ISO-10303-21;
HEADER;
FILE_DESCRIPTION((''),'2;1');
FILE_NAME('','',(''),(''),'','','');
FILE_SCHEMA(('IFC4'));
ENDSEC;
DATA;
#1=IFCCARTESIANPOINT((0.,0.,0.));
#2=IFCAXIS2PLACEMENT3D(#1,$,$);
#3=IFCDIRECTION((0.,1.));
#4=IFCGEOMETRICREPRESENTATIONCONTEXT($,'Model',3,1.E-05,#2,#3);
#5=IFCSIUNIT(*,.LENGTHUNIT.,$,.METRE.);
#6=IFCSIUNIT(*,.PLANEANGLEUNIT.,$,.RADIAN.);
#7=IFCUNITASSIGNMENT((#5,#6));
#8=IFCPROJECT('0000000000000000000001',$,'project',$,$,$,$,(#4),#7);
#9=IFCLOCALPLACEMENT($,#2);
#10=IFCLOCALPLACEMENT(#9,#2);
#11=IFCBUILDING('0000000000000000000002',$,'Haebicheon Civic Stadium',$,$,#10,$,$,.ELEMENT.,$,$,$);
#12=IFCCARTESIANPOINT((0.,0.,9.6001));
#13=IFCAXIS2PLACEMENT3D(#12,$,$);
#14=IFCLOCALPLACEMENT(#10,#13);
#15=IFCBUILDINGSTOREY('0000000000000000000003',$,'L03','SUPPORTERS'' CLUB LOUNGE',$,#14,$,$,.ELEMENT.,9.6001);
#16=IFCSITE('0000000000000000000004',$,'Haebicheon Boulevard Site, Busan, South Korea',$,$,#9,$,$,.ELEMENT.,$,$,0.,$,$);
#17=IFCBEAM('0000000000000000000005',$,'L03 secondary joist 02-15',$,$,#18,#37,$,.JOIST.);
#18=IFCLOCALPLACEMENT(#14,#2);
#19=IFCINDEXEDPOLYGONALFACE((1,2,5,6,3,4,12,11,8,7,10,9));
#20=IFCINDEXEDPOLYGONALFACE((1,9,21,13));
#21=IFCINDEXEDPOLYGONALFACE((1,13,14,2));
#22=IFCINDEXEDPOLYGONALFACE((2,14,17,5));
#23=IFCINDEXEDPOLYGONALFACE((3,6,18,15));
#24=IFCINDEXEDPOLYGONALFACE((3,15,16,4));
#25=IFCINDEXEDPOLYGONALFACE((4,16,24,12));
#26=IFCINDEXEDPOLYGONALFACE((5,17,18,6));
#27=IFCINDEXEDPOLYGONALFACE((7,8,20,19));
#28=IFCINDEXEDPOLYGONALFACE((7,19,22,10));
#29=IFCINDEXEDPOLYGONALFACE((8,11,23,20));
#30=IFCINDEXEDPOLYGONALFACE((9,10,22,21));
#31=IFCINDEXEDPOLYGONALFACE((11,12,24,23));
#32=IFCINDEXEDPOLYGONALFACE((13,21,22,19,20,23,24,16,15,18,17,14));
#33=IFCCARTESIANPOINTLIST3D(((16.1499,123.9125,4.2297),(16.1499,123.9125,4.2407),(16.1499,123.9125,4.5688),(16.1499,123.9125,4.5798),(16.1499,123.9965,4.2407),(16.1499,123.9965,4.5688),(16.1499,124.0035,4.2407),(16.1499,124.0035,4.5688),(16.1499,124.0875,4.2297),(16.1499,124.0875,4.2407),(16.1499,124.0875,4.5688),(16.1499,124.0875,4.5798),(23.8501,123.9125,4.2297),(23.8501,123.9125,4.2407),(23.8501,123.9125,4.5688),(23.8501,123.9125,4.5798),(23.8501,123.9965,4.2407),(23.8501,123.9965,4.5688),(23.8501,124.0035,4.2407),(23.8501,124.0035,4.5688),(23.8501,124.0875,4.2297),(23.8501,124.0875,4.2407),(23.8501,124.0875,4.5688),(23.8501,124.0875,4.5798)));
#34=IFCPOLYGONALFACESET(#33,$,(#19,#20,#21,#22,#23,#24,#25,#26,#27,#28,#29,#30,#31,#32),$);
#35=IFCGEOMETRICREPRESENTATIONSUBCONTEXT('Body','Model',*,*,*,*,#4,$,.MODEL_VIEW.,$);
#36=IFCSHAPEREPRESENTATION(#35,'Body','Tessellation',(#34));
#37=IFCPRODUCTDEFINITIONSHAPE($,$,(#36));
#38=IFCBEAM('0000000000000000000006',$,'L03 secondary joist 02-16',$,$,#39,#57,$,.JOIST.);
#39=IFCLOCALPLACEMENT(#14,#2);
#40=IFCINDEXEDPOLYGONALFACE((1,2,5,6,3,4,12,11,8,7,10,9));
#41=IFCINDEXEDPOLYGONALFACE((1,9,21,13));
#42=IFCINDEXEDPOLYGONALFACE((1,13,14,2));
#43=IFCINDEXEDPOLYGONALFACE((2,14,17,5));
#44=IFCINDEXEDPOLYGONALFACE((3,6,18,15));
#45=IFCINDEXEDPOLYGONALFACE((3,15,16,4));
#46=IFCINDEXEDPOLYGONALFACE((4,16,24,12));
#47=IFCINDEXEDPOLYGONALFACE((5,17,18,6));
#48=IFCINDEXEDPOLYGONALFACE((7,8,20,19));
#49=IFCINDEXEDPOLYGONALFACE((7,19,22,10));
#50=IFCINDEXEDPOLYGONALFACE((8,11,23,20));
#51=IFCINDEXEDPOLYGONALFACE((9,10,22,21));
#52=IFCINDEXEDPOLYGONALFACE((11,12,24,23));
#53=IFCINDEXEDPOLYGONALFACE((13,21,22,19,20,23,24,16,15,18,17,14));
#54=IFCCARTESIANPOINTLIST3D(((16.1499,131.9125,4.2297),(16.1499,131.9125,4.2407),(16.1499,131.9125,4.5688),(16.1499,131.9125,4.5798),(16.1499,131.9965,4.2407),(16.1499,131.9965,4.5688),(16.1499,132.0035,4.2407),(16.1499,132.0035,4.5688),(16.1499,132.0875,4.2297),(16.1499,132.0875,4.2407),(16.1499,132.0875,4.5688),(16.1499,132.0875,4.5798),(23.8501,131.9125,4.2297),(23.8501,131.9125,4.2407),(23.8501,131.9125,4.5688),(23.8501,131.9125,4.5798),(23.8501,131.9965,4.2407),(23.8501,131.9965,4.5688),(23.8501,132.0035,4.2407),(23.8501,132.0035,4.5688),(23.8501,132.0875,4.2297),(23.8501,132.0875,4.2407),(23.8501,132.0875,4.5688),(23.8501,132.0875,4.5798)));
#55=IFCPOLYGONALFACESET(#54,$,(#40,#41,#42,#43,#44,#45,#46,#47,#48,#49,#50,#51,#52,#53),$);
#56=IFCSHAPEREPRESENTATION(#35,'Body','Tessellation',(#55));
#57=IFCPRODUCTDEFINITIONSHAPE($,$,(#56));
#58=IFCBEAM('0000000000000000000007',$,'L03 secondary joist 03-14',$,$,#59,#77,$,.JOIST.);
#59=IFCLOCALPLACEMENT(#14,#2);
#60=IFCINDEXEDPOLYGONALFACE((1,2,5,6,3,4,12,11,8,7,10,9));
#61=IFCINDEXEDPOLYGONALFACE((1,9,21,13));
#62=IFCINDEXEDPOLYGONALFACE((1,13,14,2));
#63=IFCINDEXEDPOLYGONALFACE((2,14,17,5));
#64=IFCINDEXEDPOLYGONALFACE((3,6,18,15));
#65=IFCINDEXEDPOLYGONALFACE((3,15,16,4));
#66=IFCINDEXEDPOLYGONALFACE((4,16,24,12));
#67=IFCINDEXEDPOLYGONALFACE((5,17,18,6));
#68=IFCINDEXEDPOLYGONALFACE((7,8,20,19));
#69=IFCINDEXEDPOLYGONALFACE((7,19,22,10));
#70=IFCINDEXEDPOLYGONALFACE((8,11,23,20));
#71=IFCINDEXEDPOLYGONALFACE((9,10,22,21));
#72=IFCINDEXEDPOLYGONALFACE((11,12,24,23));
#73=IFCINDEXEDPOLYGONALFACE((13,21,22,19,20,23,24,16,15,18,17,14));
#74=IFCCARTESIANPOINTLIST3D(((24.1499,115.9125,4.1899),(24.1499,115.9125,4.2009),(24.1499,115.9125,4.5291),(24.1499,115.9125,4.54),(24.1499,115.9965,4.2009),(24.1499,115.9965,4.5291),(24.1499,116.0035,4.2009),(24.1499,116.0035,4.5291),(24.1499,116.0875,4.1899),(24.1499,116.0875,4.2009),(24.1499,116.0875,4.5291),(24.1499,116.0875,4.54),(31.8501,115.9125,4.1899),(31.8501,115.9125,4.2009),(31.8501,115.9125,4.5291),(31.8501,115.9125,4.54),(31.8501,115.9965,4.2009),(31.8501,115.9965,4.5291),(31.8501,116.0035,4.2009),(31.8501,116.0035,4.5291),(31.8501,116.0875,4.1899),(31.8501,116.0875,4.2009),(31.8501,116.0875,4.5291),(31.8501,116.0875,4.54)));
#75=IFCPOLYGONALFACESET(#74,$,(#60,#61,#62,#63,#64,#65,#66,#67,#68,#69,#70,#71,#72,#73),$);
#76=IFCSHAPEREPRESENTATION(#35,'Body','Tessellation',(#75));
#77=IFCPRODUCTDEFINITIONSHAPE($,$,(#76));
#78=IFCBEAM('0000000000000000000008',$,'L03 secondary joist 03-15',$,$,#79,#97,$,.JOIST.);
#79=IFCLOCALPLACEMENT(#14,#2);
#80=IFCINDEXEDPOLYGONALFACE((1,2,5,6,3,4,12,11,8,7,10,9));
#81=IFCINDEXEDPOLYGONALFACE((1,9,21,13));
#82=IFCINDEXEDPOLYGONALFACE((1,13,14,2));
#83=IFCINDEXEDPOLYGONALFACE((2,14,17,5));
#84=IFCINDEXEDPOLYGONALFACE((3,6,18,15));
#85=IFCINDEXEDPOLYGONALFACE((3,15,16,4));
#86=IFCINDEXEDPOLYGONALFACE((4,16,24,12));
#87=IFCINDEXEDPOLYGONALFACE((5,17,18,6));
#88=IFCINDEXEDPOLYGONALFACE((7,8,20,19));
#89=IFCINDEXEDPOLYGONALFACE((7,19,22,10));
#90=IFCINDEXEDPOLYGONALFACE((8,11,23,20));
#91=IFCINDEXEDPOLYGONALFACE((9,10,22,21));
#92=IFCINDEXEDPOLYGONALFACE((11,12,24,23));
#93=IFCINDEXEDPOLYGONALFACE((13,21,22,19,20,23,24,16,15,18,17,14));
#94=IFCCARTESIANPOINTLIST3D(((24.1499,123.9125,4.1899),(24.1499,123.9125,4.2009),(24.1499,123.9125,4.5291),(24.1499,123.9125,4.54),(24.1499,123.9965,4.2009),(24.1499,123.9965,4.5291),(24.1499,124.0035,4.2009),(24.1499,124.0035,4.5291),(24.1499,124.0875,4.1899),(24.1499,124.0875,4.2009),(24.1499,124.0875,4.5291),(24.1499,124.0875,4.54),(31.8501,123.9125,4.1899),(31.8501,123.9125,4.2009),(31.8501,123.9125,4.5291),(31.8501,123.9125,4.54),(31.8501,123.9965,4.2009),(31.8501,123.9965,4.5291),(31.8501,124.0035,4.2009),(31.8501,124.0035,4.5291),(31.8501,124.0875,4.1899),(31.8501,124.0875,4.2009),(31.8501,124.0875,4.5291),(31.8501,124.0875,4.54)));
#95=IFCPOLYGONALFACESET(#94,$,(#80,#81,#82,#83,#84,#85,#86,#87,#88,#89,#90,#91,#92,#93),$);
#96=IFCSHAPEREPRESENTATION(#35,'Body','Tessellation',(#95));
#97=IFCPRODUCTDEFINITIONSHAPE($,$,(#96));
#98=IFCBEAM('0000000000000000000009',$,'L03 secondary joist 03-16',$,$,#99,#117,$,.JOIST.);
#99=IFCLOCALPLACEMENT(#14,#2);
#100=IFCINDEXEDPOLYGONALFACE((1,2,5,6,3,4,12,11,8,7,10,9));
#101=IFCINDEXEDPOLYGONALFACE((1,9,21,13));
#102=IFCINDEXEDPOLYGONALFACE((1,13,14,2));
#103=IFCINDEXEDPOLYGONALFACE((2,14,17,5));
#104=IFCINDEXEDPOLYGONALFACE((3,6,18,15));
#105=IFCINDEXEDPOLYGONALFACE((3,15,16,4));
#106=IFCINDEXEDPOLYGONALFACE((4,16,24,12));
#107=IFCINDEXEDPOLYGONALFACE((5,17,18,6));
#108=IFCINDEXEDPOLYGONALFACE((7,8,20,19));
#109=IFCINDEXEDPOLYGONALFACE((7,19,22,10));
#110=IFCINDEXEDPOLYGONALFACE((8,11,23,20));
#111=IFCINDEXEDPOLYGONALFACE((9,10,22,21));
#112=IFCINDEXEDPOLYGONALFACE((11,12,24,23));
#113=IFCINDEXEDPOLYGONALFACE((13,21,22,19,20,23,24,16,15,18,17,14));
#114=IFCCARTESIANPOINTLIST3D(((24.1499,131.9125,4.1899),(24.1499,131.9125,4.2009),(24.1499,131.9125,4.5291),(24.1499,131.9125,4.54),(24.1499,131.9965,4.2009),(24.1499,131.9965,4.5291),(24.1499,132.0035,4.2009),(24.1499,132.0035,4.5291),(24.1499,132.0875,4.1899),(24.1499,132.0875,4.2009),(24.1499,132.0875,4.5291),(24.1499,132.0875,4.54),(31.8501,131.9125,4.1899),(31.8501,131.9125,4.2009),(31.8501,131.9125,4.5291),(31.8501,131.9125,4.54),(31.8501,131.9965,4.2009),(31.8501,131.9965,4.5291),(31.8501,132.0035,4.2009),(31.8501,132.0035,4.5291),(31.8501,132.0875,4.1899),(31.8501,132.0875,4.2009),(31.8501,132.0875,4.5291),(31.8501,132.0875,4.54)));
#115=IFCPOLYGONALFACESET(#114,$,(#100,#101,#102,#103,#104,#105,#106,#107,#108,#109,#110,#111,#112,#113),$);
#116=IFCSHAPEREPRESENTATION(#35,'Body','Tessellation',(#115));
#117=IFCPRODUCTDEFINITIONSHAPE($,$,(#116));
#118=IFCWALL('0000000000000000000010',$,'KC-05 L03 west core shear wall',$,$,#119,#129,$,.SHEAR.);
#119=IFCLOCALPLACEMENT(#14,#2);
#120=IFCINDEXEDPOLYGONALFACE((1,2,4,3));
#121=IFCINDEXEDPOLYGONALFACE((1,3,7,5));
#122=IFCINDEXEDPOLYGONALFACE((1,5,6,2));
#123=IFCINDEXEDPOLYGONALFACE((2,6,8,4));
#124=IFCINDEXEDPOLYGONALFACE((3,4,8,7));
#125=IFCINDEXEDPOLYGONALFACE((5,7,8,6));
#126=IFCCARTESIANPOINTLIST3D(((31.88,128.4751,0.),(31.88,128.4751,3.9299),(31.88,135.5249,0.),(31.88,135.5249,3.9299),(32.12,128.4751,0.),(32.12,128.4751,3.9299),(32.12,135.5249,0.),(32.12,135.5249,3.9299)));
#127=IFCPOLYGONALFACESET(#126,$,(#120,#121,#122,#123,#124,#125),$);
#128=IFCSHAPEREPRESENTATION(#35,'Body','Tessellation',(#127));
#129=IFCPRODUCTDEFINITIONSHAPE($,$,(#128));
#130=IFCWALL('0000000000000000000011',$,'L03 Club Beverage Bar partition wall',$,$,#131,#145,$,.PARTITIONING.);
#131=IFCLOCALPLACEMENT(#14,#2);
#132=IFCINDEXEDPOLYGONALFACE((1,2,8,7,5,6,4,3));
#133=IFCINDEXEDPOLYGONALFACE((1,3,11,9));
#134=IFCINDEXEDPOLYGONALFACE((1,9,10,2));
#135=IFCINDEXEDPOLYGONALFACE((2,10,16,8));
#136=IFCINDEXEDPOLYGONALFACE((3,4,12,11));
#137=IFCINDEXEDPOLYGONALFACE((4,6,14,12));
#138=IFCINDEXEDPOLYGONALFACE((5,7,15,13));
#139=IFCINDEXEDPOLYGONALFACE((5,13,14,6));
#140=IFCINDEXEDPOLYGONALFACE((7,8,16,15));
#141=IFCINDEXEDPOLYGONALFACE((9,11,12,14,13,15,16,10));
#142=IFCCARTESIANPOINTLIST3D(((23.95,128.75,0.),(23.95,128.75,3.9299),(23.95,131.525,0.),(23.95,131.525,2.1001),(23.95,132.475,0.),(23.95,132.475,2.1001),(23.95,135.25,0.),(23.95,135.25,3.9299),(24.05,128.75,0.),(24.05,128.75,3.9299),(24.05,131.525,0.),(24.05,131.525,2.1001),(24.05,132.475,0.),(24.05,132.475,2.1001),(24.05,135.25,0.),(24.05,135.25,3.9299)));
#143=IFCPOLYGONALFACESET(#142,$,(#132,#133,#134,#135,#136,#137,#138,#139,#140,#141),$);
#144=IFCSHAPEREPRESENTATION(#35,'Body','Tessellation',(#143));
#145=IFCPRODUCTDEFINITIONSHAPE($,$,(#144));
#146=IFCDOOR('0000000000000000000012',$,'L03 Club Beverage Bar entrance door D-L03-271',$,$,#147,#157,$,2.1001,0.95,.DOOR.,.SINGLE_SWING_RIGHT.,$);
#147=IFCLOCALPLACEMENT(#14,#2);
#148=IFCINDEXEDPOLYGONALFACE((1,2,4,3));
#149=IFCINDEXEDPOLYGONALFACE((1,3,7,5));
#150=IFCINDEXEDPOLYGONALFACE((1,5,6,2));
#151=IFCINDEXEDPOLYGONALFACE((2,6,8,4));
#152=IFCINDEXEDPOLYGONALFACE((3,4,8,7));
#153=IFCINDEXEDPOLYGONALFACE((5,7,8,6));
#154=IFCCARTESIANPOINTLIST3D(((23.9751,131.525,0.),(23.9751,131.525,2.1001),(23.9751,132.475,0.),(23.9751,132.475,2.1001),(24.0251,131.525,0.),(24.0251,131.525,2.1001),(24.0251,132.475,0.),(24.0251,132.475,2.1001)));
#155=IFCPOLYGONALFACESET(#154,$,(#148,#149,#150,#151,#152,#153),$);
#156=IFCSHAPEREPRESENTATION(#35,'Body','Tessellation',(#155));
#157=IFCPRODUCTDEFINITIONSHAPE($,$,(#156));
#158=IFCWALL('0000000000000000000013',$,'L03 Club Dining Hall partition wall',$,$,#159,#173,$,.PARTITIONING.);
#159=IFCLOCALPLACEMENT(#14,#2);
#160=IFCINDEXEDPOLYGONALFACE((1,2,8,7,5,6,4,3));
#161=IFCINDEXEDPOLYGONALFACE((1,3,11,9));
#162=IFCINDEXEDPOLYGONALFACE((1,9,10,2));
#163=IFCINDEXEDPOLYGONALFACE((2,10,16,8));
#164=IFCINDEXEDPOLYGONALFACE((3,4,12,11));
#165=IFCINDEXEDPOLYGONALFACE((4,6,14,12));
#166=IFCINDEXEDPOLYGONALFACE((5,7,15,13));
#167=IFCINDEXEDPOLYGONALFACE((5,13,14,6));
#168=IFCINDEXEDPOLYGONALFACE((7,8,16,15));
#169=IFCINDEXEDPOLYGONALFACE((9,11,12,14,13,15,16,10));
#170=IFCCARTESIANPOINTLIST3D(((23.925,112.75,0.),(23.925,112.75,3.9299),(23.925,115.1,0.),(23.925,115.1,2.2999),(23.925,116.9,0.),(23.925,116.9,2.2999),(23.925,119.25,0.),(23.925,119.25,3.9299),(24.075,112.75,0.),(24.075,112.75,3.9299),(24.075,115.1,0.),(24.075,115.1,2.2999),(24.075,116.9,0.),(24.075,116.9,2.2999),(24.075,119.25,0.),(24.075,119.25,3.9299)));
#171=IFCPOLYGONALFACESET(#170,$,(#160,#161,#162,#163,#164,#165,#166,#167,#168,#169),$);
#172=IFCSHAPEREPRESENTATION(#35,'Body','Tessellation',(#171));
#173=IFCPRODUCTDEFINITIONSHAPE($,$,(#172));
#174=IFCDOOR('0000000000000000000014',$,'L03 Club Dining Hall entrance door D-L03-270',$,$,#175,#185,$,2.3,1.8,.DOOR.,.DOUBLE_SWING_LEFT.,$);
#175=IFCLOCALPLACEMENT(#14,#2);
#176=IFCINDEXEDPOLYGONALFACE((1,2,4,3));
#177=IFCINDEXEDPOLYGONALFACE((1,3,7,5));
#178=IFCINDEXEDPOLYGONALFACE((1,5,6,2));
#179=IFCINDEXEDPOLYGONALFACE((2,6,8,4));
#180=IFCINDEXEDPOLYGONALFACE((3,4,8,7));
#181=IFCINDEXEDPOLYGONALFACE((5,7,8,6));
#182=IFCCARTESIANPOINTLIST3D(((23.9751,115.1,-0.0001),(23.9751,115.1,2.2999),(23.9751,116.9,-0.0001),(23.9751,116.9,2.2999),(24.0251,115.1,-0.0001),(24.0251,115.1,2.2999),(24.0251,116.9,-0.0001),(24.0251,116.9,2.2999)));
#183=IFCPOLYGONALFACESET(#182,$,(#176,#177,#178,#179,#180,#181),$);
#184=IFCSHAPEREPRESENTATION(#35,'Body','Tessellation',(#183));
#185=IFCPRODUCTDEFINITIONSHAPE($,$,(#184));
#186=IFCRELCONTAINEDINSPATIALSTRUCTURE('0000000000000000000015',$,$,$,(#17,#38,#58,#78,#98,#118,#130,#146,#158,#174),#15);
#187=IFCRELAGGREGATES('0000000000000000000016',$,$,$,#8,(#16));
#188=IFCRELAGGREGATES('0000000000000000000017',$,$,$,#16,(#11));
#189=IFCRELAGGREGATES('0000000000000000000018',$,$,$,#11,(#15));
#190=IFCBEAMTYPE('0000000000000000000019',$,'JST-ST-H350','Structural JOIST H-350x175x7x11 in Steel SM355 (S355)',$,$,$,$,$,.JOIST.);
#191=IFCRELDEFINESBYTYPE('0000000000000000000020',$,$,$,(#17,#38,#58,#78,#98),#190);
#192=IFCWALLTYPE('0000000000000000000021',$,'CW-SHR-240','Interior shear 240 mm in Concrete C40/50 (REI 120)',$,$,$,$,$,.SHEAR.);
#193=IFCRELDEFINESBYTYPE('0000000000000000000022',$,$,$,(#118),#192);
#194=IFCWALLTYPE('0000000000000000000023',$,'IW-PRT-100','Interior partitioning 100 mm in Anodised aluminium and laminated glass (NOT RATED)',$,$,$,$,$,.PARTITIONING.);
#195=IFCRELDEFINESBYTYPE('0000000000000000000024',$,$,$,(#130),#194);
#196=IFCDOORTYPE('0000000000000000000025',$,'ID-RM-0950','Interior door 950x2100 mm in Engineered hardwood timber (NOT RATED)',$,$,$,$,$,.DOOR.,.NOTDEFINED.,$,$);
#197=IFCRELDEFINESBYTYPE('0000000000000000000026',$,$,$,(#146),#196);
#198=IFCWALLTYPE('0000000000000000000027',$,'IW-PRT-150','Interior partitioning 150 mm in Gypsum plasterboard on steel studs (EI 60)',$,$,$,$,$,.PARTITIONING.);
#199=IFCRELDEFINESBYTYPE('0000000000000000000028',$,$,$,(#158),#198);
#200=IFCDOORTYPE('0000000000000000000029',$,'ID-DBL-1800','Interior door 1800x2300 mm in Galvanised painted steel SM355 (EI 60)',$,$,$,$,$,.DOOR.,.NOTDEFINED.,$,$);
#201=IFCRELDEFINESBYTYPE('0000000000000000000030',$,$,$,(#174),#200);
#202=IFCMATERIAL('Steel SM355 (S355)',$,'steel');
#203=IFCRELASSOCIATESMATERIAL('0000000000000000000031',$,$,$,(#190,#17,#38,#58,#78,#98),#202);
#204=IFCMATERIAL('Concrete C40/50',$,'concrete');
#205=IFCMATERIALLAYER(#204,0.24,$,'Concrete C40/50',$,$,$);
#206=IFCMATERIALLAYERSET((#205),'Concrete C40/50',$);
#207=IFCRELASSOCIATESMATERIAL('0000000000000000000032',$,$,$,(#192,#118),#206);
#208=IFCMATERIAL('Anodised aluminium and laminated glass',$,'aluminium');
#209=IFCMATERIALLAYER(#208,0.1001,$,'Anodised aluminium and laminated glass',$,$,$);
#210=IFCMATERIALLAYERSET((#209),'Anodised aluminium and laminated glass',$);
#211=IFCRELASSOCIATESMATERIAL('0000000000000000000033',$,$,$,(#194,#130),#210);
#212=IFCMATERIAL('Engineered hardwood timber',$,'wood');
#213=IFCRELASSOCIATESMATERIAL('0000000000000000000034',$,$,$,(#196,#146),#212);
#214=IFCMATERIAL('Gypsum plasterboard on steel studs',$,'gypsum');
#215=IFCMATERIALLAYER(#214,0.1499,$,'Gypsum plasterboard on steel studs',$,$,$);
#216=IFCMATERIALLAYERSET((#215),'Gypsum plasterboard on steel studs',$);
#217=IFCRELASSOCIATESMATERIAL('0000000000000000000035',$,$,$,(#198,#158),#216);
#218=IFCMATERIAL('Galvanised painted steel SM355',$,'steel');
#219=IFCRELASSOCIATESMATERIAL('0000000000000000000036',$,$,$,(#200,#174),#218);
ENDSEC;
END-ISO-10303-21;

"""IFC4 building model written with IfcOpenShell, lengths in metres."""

from ifc_helpers import new_model, si_unit, direction, frame, frame_2d, origin, origin_2d, place, context, subcontext, project, spatial, rectangle, i_section, extrude, material, layer, layer_set, material_profile, profile_set, type_object, element, fill, save


model = new_model("IFC4")

# Units and contexts
model_context = context("Model", 3, precision=1e-05, world=origin(), true_north=direction((0.0, 1.0)))
body_context = subcontext(model_context, "Body", "Model", "MODEL_VIEW")
ifc_project = project(units=[si_unit("LENGTHUNIT", "METRE"), si_unit("PLANEANGLEUNIT", "RADIAN")], contexts=[model_context])

# Site, building, storey
site_placement = place(None, origin())
site = spatial("IfcSite", under=ifc_project, at=site_placement, Name="Haebicheon Boulevard Site, Busan, South Korea", CompositionType="ELEMENT", RefElevation=0.0)
building_placement = place(site_placement, origin())
building = spatial("IfcBuilding", under=site, at=building_placement, Name="Haebicheon Civic Stadium", CompositionType="ELEMENT")
storey_placement = place(building_placement, frame((0.0, 0.0, 9.6001)))
storey = spatial("IfcBuildingStorey", under=building, at=storey_placement, Name="L03", Description="SUPPORTERS' CLUB LOUNGE", CompositionType="ELEMENT", Elevation=9.6001)

# Beams
ifc_material_1 = material(Name="Steel SM355 (S355)", Category="steel")
ifc_material_profile_1 = material_profile(ifc_material_1, i_section(OverallWidth=0.175, OverallDepth=0.3501, WebThickness=0.0071, FlangeThickness=0.011, at=origin_2d()), Name="H-350x175x7x11")
ifc_profile_set_1 = profile_set([ifc_material_profile_1], Name="Steel SM355 (S355)")
beam_type_1 = type_object("IfcBeamType", Name="JST-ST-H350", Description="Structural JOIST H-350x175x7x11 in Steel SM355 (S355)", PredefinedType="JOIST", material=ifc_profile_set_1)
for number, where, z_axis, x_axis, name in (
    (1, (16.1499, 124.0, 4.4048), (1.0, 0.0, 0.0), (0.0, 1.0, 0.0), "L03 secondary joist 02-15"),
    (2, (16.1499, 132.0, 4.4048), (1.0, 0.0, 0.0), (0.0, 1.0, 0.0), "L03 secondary joist 02-16"),
    (3, (24.1499, 116.0, 4.365), (1.0, 0.0, 0.0), (0.0, 1.0, 0.0), "L03 secondary joist 03-14"),
    (4, (24.1499, 124.0, 4.365), (1.0, 0.0, 0.0), (0.0, 1.0, 0.0), "L03 secondary joist 03-15"),
    (5, (24.1499, 132.0, 4.365), (1.0, 0.0, 0.0), (0.0, 1.0, 0.0), "L03 secondary joist 03-16"),
):
    element("IfcBeam", number, at=place(storey_placement, frame(where, z_axis=z_axis, x_axis=x_axis)), inside=storey, type_object=beam_type_1, material=ifc_profile_set_1, Name=name, PredefinedType="JOIST", context=body_context, shape_type="SweptSolid", body=[
        extrude(i_section(OverallWidth=0.175, OverallDepth=0.3501, WebThickness=0.0071, FlangeThickness=0.011, at=origin_2d()), origin(), (0.0, 0.0, 1.0), 7.7002),
    ])

# Wall
ifc_material_2 = material(Name="Concrete C40/50", Category="concrete")
ifc_layer_1 = layer(ifc_material_2, 0.24, Name="Concrete C40/50")
ifc_layer_set_1 = layer_set([ifc_layer_1], Name="Concrete C40/50")
wall_type_1 = type_object("IfcWallType", Name="CW-SHR-240", Description="Interior shear 240 mm in Concrete C40/50 (REI 120)", PredefinedType="SHEAR", material=ifc_layer_set_1)
wall_1_placement = place(storey_placement, frame((32.0, 128.4751, 0.0), z_axis=(0.0, 0.0, 1.0), x_axis=(0.0, 1.0, 0.0)))
element("IfcWall", 6, at=wall_1_placement, inside=storey, type_object=wall_type_1, material=ifc_layer_set_1, Name="KC-05 L03 west core shear wall", PredefinedType="SHEAR", context=body_context, shape_type="SweptSolid", body=[
    extrude(rectangle(XDim=7.0498, YDim=0.24, at=frame_2d((3.5249, 0.0))), origin(), (0.0, 0.0, 1.0), 3.9299),
])

# Walls, openings, doors
ifc_material_3 = material(Name="Anodised aluminium and laminated glass", Category="aluminium")
ifc_layer_2 = layer(ifc_material_3, 0.1001, Name="Anodised aluminium and laminated glass")
ifc_layer_set_2 = layer_set([ifc_layer_2], Name="Anodised aluminium and laminated glass")
wall_type_2 = type_object("IfcWallType", Name="IW-PRT-100", Description="Interior partitioning 100 mm in Anodised aluminium and laminated glass (NOT RATED)", PredefinedType="PARTITIONING", material=ifc_layer_set_2)
wall_2_placement = place(storey_placement, frame((24.0, 128.75, 0.0), z_axis=(0.0, 0.0, 1.0), x_axis=(0.0, 1.0, 0.0)))
wall_2 = element("IfcWall", 7, at=wall_2_placement, inside=storey, type_object=wall_type_2, material=ifc_layer_set_2, Name="L03 Club Beverage Bar partition wall", PredefinedType="PARTITIONING", context=body_context, shape_type="SweptSolid", body=[
    extrude(rectangle(XDim=6.5, YDim=0.1001, at=frame_2d((3.25, 0.0))), origin(), (0.0, 0.0, 1.0), 3.9299),
])
opening_1_placement = place(wall_2_placement, frame((2.7749, 0.0, 0.0)))
opening_1 = element("IfcOpeningElement", 8, at=opening_1_placement, cuts=wall_2, PredefinedType="OPENING", context=body_context, shape_type="SweptSolid", body=[
    extrude(rectangle(XDim=0.95, YDim=2.1001, at=frame_2d((0.4751, 1.05))), frame((0.0, 0.0601, 0.0), z_axis=(0.0, -1.0, 0.0), x_axis=(1.0, 0.0, 0.0)), (0.0, 0.0, 1.0), 0.1201),
])
ifc_material_4 = material(Name="Engineered hardwood timber", Category="wood")
door_type_1 = type_object("IfcDoorType", Name="ID-RM-0950", Description="Interior door 950x2100 mm in Engineered hardwood timber (NOT RATED)", OperationType="NOTDEFINED", PredefinedType="DOOR", material=ifc_material_4)
door_1_placement = place(opening_1_placement, origin())
door_1 = element("IfcDoor", 9, at=door_1_placement, inside=storey, type_object=door_type_1, material=ifc_material_4, Name="L03 Club Beverage Bar entrance door D-L03-271", OperationType="SINGLE_SWING_RIGHT", OverallHeight=2.1001, OverallWidth=0.95, PredefinedType="DOOR", context=body_context, shape_type="SweptSolid", body=[
    extrude(rectangle(XDim=0.95, YDim=2.1001, at=frame_2d((0.4751, 1.05))), frame((0.0, 0.0249, 0.0), z_axis=(0.0, -1.0, 0.0), x_axis=(1.0, 0.0, 0.0)), (0.0, 0.0, 1.0), 0.05),
])
fill(opening_1, door_1)
ifc_material_5 = material(Name="Gypsum plasterboard on steel studs", Category="gypsum")
ifc_layer_3 = layer(ifc_material_5, 0.1499, Name="Gypsum plasterboard on steel studs")
ifc_layer_set_3 = layer_set([ifc_layer_3], Name="Gypsum plasterboard on steel studs")
wall_type_3 = type_object("IfcWallType", Name="IW-PRT-150", Description="Interior partitioning 150 mm in Gypsum plasterboard on steel studs (EI 60)", PredefinedType="PARTITIONING", material=ifc_layer_set_3)
wall_3_placement = place(storey_placement, frame((24.0, 112.75, 0.0), z_axis=(0.0, 0.0, 1.0), x_axis=(0.0, 1.0, 0.0)))
wall_3 = element("IfcWall", 10, at=wall_3_placement, inside=storey, type_object=wall_type_3, material=ifc_layer_set_3, Name="L03 Club Dining Hall partition wall", PredefinedType="PARTITIONING", context=body_context, shape_type="SweptSolid", body=[
    extrude(rectangle(XDim=6.5, YDim=0.1499, at=frame_2d((3.25, 0.0))), origin(), (0.0, 0.0, 1.0), 3.9299),
])
opening_2_placement = place(wall_3_placement, frame((2.3501, 0.0, 0.0)))
opening_2 = element("IfcOpeningElement", 11, at=opening_2_placement, cuts=wall_3, PredefinedType="OPENING", context=body_context, shape_type="SweptSolid", body=[
    extrude(rectangle(XDim=1.8, YDim=2.3, at=frame_2d((0.8999, 1.1499))), frame((0.0, 0.085, 0.0), z_axis=(0.0, -1.0, 0.0), x_axis=(1.0, 0.0, 0.0)), (0.0, 0.0, 1.0), 0.1699),
])
ifc_material_6 = material(Name="Galvanised painted steel SM355", Category="steel")
door_type_2 = type_object("IfcDoorType", Name="ID-DBL-1800", Description="Interior door 1800x2300 mm in Galvanised painted steel SM355 (EI 60)", OperationType="NOTDEFINED", PredefinedType="DOOR", material=ifc_material_6)
door_2_placement = place(opening_2_placement, origin())
door_2 = element("IfcDoor", 12, at=door_2_placement, inside=storey, type_object=door_type_2, material=ifc_material_6, Name="L03 Club Dining Hall entrance door D-L03-270", OperationType="DOUBLE_SWING_LEFT", OverallHeight=2.3, OverallWidth=1.8, PredefinedType="DOOR", context=body_context, shape_type="SweptSolid", body=[
    extrude(rectangle(XDim=1.8, YDim=2.3, at=frame_2d((0.8999, 1.1499))), frame((0.0, 0.0249, 0.0), z_axis=(0.0, -1.0, 0.0), x_axis=(1.0, 0.0, 0.0)), (0.0, 0.0, 1.0), 0.05),
])
fill(opening_2, door_2)

save(model, "model.ifc")
